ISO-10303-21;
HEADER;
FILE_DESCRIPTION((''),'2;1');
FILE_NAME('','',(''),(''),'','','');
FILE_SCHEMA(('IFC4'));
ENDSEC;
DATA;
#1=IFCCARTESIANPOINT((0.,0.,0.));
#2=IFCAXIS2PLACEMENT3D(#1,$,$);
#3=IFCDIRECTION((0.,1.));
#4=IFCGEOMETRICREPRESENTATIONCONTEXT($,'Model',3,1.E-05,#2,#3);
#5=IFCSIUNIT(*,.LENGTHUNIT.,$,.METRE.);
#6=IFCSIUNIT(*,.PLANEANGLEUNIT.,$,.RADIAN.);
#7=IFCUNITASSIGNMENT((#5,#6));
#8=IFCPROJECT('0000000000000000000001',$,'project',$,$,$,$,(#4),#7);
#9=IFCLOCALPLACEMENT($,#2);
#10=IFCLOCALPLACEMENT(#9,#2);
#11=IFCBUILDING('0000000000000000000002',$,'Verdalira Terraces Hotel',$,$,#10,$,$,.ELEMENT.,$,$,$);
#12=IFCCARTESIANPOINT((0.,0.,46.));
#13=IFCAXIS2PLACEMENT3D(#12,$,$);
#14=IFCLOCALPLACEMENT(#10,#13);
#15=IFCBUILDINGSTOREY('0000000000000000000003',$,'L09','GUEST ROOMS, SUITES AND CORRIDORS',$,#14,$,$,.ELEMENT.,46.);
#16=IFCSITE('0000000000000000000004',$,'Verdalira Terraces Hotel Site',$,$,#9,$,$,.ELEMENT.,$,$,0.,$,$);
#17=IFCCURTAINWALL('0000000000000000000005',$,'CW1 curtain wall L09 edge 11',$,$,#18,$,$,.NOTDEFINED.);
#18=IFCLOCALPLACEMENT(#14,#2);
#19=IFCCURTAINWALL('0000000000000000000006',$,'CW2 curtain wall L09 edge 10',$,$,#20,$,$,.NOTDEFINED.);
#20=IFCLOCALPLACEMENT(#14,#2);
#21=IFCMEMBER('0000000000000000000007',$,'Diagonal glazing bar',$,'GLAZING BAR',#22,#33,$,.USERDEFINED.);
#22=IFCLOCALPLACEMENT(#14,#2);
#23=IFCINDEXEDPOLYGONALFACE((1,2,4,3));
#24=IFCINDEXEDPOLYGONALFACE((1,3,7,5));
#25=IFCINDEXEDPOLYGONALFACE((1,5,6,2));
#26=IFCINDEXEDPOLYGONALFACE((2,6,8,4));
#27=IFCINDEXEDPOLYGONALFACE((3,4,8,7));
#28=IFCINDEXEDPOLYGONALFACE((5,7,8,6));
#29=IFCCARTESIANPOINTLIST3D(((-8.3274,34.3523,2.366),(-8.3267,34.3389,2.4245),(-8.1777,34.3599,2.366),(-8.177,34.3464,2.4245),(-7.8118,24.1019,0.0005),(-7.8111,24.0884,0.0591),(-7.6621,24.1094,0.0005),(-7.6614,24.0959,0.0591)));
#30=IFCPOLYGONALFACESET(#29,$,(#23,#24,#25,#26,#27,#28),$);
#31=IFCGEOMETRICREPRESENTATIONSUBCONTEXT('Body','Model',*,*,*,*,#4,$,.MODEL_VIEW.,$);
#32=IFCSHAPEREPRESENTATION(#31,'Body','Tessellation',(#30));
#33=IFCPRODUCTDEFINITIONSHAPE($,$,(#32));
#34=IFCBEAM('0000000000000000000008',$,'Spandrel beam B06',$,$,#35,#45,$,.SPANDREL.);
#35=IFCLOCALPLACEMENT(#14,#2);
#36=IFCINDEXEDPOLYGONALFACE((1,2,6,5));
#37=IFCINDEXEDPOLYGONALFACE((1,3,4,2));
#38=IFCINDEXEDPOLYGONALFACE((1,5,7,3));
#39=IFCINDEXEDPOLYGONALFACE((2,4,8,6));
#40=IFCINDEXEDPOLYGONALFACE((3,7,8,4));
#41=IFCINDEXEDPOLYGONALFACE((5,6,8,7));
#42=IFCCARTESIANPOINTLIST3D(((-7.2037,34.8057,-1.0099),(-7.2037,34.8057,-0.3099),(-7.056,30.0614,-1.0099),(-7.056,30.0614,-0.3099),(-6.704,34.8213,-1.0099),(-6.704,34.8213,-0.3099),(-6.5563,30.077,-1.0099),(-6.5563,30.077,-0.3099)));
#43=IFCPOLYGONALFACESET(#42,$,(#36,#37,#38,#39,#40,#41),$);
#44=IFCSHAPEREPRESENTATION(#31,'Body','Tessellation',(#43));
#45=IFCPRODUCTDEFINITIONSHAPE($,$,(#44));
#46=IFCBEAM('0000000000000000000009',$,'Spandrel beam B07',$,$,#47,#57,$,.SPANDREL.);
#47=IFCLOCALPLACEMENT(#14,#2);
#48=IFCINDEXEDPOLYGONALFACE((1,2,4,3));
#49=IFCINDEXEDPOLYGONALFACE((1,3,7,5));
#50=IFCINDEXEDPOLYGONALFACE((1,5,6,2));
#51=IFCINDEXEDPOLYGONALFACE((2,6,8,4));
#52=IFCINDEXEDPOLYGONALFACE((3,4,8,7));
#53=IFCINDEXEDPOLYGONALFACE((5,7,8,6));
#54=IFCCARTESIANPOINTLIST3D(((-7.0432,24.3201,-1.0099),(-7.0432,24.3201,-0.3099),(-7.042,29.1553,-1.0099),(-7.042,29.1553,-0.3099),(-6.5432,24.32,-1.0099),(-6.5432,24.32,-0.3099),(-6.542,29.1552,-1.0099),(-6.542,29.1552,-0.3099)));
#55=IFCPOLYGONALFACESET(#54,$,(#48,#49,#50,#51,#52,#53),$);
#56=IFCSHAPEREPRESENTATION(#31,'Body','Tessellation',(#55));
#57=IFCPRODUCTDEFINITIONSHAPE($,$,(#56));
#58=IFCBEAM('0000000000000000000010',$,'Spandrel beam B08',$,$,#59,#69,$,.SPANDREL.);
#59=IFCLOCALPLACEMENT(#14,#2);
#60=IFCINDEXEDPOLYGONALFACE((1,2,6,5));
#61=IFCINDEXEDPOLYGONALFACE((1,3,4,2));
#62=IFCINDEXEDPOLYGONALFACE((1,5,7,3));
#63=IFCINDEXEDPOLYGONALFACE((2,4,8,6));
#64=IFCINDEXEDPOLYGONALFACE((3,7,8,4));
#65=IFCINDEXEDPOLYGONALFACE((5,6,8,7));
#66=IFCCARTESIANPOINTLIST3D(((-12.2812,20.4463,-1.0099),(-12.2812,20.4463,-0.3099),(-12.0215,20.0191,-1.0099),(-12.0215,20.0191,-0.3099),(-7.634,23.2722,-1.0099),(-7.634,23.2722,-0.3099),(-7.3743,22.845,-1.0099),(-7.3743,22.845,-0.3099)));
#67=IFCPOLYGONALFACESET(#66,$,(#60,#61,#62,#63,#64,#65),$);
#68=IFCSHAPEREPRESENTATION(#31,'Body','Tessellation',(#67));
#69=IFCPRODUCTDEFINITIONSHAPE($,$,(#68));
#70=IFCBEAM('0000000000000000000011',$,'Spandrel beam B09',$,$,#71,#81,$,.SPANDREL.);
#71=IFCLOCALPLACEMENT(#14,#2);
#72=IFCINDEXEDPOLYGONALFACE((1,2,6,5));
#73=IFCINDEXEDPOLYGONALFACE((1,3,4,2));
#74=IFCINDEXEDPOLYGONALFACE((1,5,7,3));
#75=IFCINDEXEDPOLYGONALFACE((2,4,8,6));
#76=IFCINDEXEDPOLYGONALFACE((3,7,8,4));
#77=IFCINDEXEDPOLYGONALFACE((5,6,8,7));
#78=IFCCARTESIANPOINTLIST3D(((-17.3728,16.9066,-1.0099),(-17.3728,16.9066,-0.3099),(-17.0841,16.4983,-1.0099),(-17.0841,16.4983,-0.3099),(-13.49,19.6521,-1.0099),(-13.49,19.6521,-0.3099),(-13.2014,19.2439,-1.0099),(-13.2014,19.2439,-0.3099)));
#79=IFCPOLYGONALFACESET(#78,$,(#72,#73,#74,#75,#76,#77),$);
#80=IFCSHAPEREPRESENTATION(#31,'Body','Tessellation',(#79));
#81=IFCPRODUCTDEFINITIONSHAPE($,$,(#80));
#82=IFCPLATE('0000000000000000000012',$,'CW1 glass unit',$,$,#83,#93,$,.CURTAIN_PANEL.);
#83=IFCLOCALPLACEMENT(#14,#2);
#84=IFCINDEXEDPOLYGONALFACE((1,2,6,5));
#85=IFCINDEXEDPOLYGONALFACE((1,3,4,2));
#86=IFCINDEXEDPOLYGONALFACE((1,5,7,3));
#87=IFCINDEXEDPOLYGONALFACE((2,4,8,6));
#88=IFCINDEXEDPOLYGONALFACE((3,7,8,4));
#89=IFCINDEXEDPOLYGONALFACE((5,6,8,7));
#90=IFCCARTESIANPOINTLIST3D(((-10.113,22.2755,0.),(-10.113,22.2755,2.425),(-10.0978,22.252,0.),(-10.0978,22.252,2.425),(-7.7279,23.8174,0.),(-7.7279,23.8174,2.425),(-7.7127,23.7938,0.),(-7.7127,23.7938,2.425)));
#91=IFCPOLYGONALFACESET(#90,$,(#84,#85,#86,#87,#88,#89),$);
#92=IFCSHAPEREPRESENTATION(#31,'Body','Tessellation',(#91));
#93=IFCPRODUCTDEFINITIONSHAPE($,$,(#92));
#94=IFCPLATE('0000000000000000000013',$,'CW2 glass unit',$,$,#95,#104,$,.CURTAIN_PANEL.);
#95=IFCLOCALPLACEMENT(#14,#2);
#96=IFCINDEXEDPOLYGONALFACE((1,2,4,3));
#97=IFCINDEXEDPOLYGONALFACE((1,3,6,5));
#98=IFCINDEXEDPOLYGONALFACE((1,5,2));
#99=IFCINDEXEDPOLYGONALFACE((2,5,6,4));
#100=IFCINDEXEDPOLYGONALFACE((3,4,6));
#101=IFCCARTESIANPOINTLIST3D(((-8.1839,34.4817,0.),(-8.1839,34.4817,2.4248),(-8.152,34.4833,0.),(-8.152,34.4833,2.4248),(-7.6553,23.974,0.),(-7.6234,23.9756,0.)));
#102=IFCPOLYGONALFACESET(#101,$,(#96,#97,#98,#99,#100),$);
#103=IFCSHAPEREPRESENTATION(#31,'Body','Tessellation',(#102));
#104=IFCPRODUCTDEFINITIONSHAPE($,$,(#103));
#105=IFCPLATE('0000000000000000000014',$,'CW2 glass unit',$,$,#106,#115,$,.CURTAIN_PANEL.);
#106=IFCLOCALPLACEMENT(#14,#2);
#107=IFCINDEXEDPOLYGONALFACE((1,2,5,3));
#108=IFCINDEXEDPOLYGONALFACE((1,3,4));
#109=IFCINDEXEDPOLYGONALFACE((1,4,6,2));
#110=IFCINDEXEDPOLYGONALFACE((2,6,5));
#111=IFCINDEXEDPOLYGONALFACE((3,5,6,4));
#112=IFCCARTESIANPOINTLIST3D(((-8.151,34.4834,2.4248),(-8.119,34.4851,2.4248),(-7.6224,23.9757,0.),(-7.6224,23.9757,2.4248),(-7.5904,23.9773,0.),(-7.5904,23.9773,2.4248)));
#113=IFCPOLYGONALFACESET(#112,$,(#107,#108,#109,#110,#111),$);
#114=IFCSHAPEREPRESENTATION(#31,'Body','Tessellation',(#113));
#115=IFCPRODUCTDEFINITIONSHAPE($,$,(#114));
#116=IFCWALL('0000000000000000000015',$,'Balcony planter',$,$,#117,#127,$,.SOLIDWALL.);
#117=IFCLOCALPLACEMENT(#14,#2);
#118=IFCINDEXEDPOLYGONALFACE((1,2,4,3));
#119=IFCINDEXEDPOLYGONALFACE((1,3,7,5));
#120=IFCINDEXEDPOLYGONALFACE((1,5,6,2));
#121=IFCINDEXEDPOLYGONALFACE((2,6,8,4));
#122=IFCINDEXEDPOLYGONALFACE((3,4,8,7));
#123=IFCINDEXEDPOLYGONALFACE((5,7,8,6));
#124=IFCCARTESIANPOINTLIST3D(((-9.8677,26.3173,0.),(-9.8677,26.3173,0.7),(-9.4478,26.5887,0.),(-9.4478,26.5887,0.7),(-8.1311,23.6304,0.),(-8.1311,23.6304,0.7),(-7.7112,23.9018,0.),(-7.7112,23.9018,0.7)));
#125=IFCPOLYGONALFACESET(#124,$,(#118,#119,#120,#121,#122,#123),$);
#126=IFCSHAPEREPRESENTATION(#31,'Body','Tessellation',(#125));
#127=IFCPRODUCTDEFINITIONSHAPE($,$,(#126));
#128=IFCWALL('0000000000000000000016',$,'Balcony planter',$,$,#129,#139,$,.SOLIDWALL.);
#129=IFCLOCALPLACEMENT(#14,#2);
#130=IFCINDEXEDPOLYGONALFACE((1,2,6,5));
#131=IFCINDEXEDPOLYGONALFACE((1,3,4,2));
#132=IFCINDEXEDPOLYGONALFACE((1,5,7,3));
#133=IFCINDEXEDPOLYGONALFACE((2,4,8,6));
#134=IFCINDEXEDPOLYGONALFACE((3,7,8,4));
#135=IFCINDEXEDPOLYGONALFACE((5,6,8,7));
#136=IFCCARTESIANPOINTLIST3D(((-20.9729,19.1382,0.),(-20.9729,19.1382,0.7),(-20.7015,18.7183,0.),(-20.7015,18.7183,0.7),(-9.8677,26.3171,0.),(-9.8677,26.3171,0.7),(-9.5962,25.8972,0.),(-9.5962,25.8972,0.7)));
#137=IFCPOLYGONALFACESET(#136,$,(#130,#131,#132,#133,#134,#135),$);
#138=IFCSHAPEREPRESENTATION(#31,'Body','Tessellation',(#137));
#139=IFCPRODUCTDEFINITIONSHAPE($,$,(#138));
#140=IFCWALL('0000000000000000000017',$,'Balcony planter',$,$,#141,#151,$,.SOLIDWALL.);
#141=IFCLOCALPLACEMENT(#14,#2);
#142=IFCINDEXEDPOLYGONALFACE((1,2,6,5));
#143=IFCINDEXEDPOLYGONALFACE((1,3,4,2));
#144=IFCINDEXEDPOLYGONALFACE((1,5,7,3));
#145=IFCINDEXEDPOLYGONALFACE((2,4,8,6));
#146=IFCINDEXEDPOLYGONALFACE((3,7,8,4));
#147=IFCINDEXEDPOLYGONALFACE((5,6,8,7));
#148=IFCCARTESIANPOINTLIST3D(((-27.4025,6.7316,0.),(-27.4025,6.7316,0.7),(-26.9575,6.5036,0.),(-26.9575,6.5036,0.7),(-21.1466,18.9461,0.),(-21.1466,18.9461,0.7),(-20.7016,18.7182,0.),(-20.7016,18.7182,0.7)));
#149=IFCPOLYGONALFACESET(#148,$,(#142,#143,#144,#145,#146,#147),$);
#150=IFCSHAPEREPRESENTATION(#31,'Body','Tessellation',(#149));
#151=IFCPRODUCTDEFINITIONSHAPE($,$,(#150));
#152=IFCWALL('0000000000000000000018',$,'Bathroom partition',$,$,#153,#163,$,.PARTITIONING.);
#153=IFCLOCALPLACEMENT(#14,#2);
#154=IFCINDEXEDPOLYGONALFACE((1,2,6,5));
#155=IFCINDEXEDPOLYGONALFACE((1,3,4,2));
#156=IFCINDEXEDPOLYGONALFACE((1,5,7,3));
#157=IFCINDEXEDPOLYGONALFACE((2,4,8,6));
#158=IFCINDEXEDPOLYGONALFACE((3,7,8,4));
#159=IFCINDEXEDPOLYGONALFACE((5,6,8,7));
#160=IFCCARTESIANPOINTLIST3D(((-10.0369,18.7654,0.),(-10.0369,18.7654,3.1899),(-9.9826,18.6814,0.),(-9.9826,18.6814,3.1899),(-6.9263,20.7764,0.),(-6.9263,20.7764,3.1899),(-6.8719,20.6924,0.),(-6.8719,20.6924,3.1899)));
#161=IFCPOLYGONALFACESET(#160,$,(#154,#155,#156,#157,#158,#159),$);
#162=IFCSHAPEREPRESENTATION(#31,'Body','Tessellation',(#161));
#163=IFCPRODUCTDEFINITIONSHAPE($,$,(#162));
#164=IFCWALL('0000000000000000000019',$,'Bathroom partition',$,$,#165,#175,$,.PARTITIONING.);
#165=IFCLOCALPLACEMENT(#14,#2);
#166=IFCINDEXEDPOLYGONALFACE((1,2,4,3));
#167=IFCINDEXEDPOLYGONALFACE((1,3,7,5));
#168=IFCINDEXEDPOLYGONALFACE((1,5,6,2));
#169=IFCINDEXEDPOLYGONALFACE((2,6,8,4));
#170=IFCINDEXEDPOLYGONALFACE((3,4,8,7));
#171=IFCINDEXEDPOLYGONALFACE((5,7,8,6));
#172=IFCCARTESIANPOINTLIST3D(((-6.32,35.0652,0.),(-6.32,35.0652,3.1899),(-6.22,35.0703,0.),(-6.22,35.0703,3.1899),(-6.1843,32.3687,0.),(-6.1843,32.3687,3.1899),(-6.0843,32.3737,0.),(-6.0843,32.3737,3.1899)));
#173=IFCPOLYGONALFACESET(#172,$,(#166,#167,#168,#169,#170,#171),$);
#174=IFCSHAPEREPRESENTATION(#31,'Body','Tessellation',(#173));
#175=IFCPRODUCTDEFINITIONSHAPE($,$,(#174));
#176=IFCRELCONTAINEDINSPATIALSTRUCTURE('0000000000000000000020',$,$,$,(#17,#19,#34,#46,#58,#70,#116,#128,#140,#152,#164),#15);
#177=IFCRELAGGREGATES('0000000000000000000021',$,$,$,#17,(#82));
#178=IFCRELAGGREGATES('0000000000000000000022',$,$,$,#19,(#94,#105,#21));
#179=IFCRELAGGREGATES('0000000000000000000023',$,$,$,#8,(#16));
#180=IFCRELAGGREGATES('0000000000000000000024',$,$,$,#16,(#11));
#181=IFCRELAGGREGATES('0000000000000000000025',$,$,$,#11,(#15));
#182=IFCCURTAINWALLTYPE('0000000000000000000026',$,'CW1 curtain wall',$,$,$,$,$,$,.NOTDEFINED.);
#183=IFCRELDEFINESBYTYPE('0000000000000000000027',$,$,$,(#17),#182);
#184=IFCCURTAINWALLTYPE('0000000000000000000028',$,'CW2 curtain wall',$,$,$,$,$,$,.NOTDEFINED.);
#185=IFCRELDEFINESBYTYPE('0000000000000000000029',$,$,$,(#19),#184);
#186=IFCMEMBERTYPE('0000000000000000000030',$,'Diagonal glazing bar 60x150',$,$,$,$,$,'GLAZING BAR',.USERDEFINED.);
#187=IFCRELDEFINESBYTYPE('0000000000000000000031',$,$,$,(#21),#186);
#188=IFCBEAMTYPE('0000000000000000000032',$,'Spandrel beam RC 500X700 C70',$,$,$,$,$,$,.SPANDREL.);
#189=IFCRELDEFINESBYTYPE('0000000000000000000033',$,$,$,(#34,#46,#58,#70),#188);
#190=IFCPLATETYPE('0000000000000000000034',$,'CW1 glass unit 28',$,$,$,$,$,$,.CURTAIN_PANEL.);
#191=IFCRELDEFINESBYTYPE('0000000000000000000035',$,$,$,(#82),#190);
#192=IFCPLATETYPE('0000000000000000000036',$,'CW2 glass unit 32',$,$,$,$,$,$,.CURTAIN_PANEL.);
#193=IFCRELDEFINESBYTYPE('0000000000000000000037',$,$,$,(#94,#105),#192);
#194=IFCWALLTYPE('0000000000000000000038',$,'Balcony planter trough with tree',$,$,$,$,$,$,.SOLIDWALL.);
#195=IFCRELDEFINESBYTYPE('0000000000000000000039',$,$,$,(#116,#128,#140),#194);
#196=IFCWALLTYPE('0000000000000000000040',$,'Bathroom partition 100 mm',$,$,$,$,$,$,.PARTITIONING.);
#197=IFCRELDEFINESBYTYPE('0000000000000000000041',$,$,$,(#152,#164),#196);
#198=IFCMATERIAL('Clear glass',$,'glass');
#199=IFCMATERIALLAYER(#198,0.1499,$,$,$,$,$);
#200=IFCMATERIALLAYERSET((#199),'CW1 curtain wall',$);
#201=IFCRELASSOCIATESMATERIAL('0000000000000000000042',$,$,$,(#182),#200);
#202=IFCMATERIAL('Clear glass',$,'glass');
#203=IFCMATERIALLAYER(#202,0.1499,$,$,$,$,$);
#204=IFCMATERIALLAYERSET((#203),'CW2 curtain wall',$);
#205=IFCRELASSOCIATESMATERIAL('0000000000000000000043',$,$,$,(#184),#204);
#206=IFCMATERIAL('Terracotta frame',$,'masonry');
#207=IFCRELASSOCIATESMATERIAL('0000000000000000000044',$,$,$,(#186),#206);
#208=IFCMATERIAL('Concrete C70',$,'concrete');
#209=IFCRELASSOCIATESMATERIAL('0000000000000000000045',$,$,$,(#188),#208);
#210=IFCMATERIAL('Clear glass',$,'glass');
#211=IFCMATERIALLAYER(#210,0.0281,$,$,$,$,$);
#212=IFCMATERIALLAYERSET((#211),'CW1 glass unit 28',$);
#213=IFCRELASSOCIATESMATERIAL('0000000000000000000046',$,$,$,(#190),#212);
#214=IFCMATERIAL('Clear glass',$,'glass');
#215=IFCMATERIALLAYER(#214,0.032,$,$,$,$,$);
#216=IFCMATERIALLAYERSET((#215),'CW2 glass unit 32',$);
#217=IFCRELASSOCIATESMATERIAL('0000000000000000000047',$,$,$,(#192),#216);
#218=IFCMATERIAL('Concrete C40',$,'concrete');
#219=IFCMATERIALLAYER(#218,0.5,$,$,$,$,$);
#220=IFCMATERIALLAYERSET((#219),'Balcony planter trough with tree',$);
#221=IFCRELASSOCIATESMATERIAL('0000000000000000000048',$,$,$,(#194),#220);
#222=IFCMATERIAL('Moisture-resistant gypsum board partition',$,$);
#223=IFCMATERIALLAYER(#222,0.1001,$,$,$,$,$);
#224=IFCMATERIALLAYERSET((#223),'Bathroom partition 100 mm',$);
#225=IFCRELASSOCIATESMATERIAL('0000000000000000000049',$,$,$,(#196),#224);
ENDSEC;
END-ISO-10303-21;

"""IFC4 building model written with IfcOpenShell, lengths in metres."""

from ifc_helpers import new_model, si_unit, direction, frame, frame_2d, origin, origin_2d, place, context, subcontext, project, spatial, polyline, rectangle, outline, extrude, material, layer, layer_set, material_profile, profile_set, type_object, element, aggregate, save


model = new_model("IFC4")

# Units and contexts
model_context = context("Model", 3, precision=1e-05, world=origin(), true_north=direction((0.0, 1.0)))
body_context = subcontext(model_context, "Body", "Model", "MODEL_VIEW")
ifc_project = project(units=[si_unit("LENGTHUNIT", "METRE"), si_unit("PLANEANGLEUNIT", "RADIAN")], contexts=[model_context])

# Site, building, storey
site_placement = place(None, origin())
site = spatial("IfcSite", under=ifc_project, at=site_placement, Name="Verdalira Terraces Hotel Site", CompositionType="ELEMENT", RefElevation=0.0)
building_placement = place(site_placement, origin())
building = spatial("IfcBuilding", under=site, at=building_placement, Name="Verdalira Terraces Hotel", CompositionType="ELEMENT")
storey_placement = place(building_placement, frame((0.0, 0.0, 46.0)))
storey = spatial("IfcBuildingStorey", under=building, at=storey_placement, Name="L09", Description="GUEST ROOMS, SUITES AND CORRIDORS", CompositionType="ELEMENT", Elevation=46.0)

# Curtain walls, member
ifc_material_1 = material(Name="Clear glass", Category="glass")
ifc_layer_1 = layer(ifc_material_1, 0.1499)
ifc_layer_set_1 = layer_set([ifc_layer_1], Name="CW1 curtain wall")
curtain_wall_type_1 = type_object("IfcCurtainWallType", Name="CW1 curtain wall", PredefinedType="NOTDEFINED", material=ifc_layer_set_1)
curtain_wall_1_placement = place(storey_placement, origin())
curtain_wall_1 = element("IfcCurtainWall", 1, at=curtain_wall_1_placement, inside=storey, type_object=curtain_wall_type_1, Name="CW1 curtain wall L09 edge 11", PredefinedType="NOTDEFINED")
ifc_material_2 = material(Name="Clear glass", Category="glass")
ifc_layer_2 = layer(ifc_material_2, 0.1499)
ifc_layer_set_2 = layer_set([ifc_layer_2], Name="CW2 curtain wall")
curtain_wall_type_2 = type_object("IfcCurtainWallType", Name="CW2 curtain wall", PredefinedType="NOTDEFINED", material=ifc_layer_set_2)
curtain_wall_2_placement = place(storey_placement, origin())
curtain_wall_2 = element("IfcCurtainWall", 2, at=curtain_wall_2_placement, inside=storey, type_object=curtain_wall_type_2, Name="CW2 curtain wall L09 edge 10", PredefinedType="NOTDEFINED")
ifc_material_3 = material(Name="Terracotta frame", Category="masonry")
ifc_material_profile_1 = material_profile(ifc_material_3, rectangle(XDim=0.1499, YDim=0.0601, at=origin_2d()), Name="GB 60x150")
ifc_profile_set_1 = profile_set([ifc_material_profile_1], Name="Terracotta frame")
member_type_1 = type_object("IfcMemberType", Name="Diagonal glazing bar 60x150", ElementType="GLAZING BAR", PredefinedType="USERDEFINED", material=ifc_profile_set_1)
member_1_placement = place(storey_placement, frame((-8.2522, 34.3494, 2.3953), z_axis=(0.048956, -0.973223, -0.224588), x_axis=(0.998737, 0.050239, 0.0)))
member_1 = element("IfcMember", 3, at=member_1_placement, type_object=member_type_1, Name="Diagonal glazing bar", ObjectType="GLAZING BAR", PredefinedType="USERDEFINED", context=body_context, shape_type="SweptSolid", body=[
    extrude(rectangle(XDim=0.1499, YDim=0.0601, at=origin_2d()), origin(), (0.0, 0.0, 1.0), 10.5325),
])

# Beams
ifc_material_4 = material(Name="Concrete C70", Category="concrete")
ifc_material_profile_2 = material_profile(ifc_material_4, rectangle(XDim=0.5, YDim=0.7, at=origin_2d()), Name="RC 500X700")
ifc_profile_set_2 = profile_set([ifc_material_profile_2], Name="Concrete C70")
beam_type_1 = type_object("IfcBeamType", Name="Spandrel beam RC 500X700 C70", PredefinedType="SPANDREL", material=ifc_profile_set_2)
beam_1_placement = place(storey_placement, frame((-6.9539, 34.8135, -0.6599), z_axis=(0.031118, -0.999516, 0.0), x_axis=(0.999516, 0.031118, 0.0)))
element("IfcBeam", 4, at=beam_1_placement, inside=storey, type_object=beam_type_1, Name="Spandrel beam B06", PredefinedType="SPANDREL", context=body_context, shape_type="SweptSolid", body=[
    extrude(rectangle(XDim=0.5, YDim=0.7, at=origin_2d()), origin(), (0.0, 0.0, 1.0), 4.7466),
])
beam_2_placement = place(storey_placement, frame((-6.792, 29.1553, -0.6599), z_axis=(-0.000252, -1.0, 0.0), x_axis=(1.0, -0.000252, 0.0)))
element("IfcBeam", 5, at=beam_2_placement, inside=storey, type_object=beam_type_1, Name="Spandrel beam B07", PredefinedType="SPANDREL", context=body_context, shape_type="SweptSolid", body=[
    extrude(rectangle(XDim=0.5, YDim=0.7, at=origin_2d()), origin(), (0.0, 0.0, 1.0), 4.8352),
])
beam_3_placement = place(storey_placement, frame((-7.5042, 23.0586, -0.6599), z_axis=(-0.854428, -0.51957, 0.0), x_axis=(0.51957, -0.854428, 0.0)))
element("IfcBeam", 6, at=beam_3_placement, inside=storey, type_object=beam_type_1, Name="Spandrel beam B08", PredefinedType="SPANDREL", context=body_context, shape_type="SweptSolid", body=[
    extrude(rectangle(XDim=0.5, YDim=0.7, at=origin_2d()), origin(), (0.0, 0.0, 1.0), 5.439),
])
beam_4_placement = place(storey_placement, frame((-13.3457, 19.448, -0.6599), z_axis=(-0.816492, -0.577356, 0.0), x_axis=(0.577356, -0.816492, 0.0)))
element("IfcBeam", 7, at=beam_4_placement, inside=storey, type_object=beam_type_1, Name="Spandrel beam B09", PredefinedType="SPANDREL", context=body_context, shape_type="SweptSolid", body=[
    extrude(rectangle(XDim=0.5, YDim=0.7, at=origin_2d()), origin(), (0.0, 0.0, 1.0), 4.7554),
])

# Plates
ifc_material_5 = material(Name="Clear glass", Category="glass")
ifc_layer_3 = layer(ifc_material_5, 0.0281)
ifc_layer_set_3 = layer_set([ifc_layer_3], Name="CW1 glass unit 28")
plate_type_1 = type_object("IfcPlateType", Name="CW1 glass unit 28", PredefinedType="CURTAIN_PANEL", material=ifc_layer_set_3)
plate_1_placement = place(storey_placement, frame((-8.9128, 23.0347, 0.0), z_axis=(0.0, 0.0, 1.0), x_axis=(-0.839809, -0.542881, 0.0)))
plate_1 = element("IfcPlate", 8, at=plate_1_placement, type_object=plate_type_1, Name="CW1 glass unit", PredefinedType="CURTAIN_PANEL", context=body_context, shape_type="SweptSolid", body=[
    extrude(rectangle(XDim=2.8401, YDim=0.0281, at=origin_2d()), origin(), (0.0, 0.0, 1.0), 2.425),
])
aggregate(curtain_wall_1, [plate_1])
ifc_material_6 = material(Name="Clear glass", Category="glass")
ifc_layer_4 = layer(ifc_material_6, 0.032)
ifc_layer_set_4 = layer_set([ifc_layer_4], Name="CW2 glass unit 32")
plate_type_2 = type_object("IfcPlateType", Name="CW2 glass unit 32", PredefinedType="CURTAIN_PANEL", material=ifc_layer_set_4)
plate_2_placement = place(storey_placement, frame((-7.8877, 29.2295, 1.2124), z_axis=(-0.998737, -0.050244, 0.0), x_axis=(0.050244, -0.998737, 0.0)))
plate_2 = element("IfcPlate", 9, at=plate_2_placement, type_object=plate_type_2, Name="CW2 glass unit", PredefinedType="CURTAIN_PANEL", context=body_context, shape_type="SweptSolid", body=[
    extrude(outline(polyline([(-5.2605, -1.2124), (5.2605, -1.2124), (-5.2605, 1.2124), (-5.2605, -1.2124)])), origin(), (0.0, 0.0, 1.0), 0.032),
])
plate_3_placement = place(storey_placement, frame((-7.8547, 29.2312, 1.2124), z_axis=(-0.998737, -0.050244, 0.0), x_axis=(0.050244, -0.998737, 0.0)))
plate_3 = element("IfcPlate", 10, at=plate_3_placement, type_object=plate_type_2, Name="CW2 glass unit", PredefinedType="CURTAIN_PANEL", context=body_context, shape_type="SweptSolid", body=[
    extrude(outline(polyline([(5.2605, -1.2124), (5.2605, 1.2124), (-5.2605, 1.2124), (5.2605, -1.2124)])), origin(), (0.0, 0.0, 1.0), 0.032),
])
aggregate(curtain_wall_2, [plate_2, plate_3, member_1])

# Walls
ifc_material_7 = material(Name="Concrete C40", Category="concrete")
ifc_layer_5 = layer(ifc_material_7, 0.5)
ifc_layer_set_5 = layer_set([ifc_layer_5], Name="Balcony planter trough with tree")
wall_type_1 = type_object("IfcWallType", Name="Balcony planter trough with tree", PredefinedType="SOLIDWALL", material=ifc_layer_set_5)
wall_1_placement = place(storey_placement, frame((-7.9211, 23.7661, 0.0), z_axis=(0.0, 0.0, 1.0), x_axis=(-0.542827, 0.839844, 0.0)))
element("IfcWall", 11, at=wall_1_placement, inside=storey, type_object=wall_type_1, Name="Balcony planter", PredefinedType="SOLIDWALL", context=body_context, shape_type="SweptSolid", body=[
    extrude(rectangle(XDim=3.1992, YDim=0.5, at=frame_2d((1.5996, 0.0))), origin(), (0.0, 0.0, 1.0), 0.7),
])
wall_2_placement = place(storey_placement, frame((-9.7319, 26.1072, 0.0), z_axis=(0.0, 0.0, 1.0), x_axis=(-0.839804, -0.54289, 0.0)))
element("IfcWall", 12, at=wall_2_placement, inside=storey, type_object=wall_type_1, Name="Balcony planter", PredefinedType="SOLIDWALL", context=body_context, shape_type="SweptSolid", body=[
    extrude(rectangle(XDim=13.2236, YDim=0.5, at=frame_2d((6.6118, 0.0))), origin(), (0.0, 0.0, 1.0), 0.7),
])
wall_3_placement = place(storey_placement, frame((-20.9241, 18.8323, 0.0), z_axis=(0.0, 0.0, 1.0), x_axis=(-0.455853, -0.890055, 0.0)))
element("IfcWall", 13, at=wall_3_placement, inside=storey, type_object=wall_type_1, Name="Balcony planter", PredefinedType="SOLIDWALL", context=body_context, shape_type="SweptSolid", body=[
    extrude(rectangle(XDim=13.7234, YDim=0.5, at=frame_2d((6.8618, 0.0))), origin(), (0.0, 0.0, 1.0), 0.7),
])
ifc_material_8 = material(Name="Moisture-resistant gypsum board partition")
ifc_layer_6 = layer(ifc_material_8, 0.1001)
ifc_layer_set_6 = layer_set([ifc_layer_6], Name="Bathroom partition 100 mm")
wall_type_2 = type_object("IfcWallType", Name="Bathroom partition 100 mm", PredefinedType="PARTITIONING", material=ifc_layer_set_6)
wall_4_placement = place(storey_placement, frame((-10.0098, 18.7234, 0.0), z_axis=(0.0, 0.0, 1.0), x_axis=(0.839786, 0.542918, 0.0)))
element("IfcWall", 14, at=wall_4_placement, inside=storey, type_object=wall_type_2, Name="Bathroom partition", PredefinedType="PARTITIONING", context=body_context, shape_type="SweptSolid", body=[
    extrude(rectangle(XDim=3.7041, YDim=0.1001, at=frame_2d((1.8521, 0.0))), origin(), (0.0, 0.0, 1.0), 3.1899),
])
wall_5_placement = place(storey_placement, frame((-6.1343, 32.3711, 0.0), z_axis=(0.0, 0.0, 1.0), x_axis=(-0.050276, 0.998735, 0.0)))
element("IfcWall", 15, at=wall_5_placement, inside=storey, type_object=wall_type_2, Name="Bathroom partition", PredefinedType="PARTITIONING", context=body_context, shape_type="SweptSolid", body=[
    extrude(rectangle(XDim=2.7, YDim=0.1001, at=frame_2d((1.3501, 0.0))), origin(), (0.0, 0.0, 1.0), 3.1899),
])

save(model, "model.ifc")
